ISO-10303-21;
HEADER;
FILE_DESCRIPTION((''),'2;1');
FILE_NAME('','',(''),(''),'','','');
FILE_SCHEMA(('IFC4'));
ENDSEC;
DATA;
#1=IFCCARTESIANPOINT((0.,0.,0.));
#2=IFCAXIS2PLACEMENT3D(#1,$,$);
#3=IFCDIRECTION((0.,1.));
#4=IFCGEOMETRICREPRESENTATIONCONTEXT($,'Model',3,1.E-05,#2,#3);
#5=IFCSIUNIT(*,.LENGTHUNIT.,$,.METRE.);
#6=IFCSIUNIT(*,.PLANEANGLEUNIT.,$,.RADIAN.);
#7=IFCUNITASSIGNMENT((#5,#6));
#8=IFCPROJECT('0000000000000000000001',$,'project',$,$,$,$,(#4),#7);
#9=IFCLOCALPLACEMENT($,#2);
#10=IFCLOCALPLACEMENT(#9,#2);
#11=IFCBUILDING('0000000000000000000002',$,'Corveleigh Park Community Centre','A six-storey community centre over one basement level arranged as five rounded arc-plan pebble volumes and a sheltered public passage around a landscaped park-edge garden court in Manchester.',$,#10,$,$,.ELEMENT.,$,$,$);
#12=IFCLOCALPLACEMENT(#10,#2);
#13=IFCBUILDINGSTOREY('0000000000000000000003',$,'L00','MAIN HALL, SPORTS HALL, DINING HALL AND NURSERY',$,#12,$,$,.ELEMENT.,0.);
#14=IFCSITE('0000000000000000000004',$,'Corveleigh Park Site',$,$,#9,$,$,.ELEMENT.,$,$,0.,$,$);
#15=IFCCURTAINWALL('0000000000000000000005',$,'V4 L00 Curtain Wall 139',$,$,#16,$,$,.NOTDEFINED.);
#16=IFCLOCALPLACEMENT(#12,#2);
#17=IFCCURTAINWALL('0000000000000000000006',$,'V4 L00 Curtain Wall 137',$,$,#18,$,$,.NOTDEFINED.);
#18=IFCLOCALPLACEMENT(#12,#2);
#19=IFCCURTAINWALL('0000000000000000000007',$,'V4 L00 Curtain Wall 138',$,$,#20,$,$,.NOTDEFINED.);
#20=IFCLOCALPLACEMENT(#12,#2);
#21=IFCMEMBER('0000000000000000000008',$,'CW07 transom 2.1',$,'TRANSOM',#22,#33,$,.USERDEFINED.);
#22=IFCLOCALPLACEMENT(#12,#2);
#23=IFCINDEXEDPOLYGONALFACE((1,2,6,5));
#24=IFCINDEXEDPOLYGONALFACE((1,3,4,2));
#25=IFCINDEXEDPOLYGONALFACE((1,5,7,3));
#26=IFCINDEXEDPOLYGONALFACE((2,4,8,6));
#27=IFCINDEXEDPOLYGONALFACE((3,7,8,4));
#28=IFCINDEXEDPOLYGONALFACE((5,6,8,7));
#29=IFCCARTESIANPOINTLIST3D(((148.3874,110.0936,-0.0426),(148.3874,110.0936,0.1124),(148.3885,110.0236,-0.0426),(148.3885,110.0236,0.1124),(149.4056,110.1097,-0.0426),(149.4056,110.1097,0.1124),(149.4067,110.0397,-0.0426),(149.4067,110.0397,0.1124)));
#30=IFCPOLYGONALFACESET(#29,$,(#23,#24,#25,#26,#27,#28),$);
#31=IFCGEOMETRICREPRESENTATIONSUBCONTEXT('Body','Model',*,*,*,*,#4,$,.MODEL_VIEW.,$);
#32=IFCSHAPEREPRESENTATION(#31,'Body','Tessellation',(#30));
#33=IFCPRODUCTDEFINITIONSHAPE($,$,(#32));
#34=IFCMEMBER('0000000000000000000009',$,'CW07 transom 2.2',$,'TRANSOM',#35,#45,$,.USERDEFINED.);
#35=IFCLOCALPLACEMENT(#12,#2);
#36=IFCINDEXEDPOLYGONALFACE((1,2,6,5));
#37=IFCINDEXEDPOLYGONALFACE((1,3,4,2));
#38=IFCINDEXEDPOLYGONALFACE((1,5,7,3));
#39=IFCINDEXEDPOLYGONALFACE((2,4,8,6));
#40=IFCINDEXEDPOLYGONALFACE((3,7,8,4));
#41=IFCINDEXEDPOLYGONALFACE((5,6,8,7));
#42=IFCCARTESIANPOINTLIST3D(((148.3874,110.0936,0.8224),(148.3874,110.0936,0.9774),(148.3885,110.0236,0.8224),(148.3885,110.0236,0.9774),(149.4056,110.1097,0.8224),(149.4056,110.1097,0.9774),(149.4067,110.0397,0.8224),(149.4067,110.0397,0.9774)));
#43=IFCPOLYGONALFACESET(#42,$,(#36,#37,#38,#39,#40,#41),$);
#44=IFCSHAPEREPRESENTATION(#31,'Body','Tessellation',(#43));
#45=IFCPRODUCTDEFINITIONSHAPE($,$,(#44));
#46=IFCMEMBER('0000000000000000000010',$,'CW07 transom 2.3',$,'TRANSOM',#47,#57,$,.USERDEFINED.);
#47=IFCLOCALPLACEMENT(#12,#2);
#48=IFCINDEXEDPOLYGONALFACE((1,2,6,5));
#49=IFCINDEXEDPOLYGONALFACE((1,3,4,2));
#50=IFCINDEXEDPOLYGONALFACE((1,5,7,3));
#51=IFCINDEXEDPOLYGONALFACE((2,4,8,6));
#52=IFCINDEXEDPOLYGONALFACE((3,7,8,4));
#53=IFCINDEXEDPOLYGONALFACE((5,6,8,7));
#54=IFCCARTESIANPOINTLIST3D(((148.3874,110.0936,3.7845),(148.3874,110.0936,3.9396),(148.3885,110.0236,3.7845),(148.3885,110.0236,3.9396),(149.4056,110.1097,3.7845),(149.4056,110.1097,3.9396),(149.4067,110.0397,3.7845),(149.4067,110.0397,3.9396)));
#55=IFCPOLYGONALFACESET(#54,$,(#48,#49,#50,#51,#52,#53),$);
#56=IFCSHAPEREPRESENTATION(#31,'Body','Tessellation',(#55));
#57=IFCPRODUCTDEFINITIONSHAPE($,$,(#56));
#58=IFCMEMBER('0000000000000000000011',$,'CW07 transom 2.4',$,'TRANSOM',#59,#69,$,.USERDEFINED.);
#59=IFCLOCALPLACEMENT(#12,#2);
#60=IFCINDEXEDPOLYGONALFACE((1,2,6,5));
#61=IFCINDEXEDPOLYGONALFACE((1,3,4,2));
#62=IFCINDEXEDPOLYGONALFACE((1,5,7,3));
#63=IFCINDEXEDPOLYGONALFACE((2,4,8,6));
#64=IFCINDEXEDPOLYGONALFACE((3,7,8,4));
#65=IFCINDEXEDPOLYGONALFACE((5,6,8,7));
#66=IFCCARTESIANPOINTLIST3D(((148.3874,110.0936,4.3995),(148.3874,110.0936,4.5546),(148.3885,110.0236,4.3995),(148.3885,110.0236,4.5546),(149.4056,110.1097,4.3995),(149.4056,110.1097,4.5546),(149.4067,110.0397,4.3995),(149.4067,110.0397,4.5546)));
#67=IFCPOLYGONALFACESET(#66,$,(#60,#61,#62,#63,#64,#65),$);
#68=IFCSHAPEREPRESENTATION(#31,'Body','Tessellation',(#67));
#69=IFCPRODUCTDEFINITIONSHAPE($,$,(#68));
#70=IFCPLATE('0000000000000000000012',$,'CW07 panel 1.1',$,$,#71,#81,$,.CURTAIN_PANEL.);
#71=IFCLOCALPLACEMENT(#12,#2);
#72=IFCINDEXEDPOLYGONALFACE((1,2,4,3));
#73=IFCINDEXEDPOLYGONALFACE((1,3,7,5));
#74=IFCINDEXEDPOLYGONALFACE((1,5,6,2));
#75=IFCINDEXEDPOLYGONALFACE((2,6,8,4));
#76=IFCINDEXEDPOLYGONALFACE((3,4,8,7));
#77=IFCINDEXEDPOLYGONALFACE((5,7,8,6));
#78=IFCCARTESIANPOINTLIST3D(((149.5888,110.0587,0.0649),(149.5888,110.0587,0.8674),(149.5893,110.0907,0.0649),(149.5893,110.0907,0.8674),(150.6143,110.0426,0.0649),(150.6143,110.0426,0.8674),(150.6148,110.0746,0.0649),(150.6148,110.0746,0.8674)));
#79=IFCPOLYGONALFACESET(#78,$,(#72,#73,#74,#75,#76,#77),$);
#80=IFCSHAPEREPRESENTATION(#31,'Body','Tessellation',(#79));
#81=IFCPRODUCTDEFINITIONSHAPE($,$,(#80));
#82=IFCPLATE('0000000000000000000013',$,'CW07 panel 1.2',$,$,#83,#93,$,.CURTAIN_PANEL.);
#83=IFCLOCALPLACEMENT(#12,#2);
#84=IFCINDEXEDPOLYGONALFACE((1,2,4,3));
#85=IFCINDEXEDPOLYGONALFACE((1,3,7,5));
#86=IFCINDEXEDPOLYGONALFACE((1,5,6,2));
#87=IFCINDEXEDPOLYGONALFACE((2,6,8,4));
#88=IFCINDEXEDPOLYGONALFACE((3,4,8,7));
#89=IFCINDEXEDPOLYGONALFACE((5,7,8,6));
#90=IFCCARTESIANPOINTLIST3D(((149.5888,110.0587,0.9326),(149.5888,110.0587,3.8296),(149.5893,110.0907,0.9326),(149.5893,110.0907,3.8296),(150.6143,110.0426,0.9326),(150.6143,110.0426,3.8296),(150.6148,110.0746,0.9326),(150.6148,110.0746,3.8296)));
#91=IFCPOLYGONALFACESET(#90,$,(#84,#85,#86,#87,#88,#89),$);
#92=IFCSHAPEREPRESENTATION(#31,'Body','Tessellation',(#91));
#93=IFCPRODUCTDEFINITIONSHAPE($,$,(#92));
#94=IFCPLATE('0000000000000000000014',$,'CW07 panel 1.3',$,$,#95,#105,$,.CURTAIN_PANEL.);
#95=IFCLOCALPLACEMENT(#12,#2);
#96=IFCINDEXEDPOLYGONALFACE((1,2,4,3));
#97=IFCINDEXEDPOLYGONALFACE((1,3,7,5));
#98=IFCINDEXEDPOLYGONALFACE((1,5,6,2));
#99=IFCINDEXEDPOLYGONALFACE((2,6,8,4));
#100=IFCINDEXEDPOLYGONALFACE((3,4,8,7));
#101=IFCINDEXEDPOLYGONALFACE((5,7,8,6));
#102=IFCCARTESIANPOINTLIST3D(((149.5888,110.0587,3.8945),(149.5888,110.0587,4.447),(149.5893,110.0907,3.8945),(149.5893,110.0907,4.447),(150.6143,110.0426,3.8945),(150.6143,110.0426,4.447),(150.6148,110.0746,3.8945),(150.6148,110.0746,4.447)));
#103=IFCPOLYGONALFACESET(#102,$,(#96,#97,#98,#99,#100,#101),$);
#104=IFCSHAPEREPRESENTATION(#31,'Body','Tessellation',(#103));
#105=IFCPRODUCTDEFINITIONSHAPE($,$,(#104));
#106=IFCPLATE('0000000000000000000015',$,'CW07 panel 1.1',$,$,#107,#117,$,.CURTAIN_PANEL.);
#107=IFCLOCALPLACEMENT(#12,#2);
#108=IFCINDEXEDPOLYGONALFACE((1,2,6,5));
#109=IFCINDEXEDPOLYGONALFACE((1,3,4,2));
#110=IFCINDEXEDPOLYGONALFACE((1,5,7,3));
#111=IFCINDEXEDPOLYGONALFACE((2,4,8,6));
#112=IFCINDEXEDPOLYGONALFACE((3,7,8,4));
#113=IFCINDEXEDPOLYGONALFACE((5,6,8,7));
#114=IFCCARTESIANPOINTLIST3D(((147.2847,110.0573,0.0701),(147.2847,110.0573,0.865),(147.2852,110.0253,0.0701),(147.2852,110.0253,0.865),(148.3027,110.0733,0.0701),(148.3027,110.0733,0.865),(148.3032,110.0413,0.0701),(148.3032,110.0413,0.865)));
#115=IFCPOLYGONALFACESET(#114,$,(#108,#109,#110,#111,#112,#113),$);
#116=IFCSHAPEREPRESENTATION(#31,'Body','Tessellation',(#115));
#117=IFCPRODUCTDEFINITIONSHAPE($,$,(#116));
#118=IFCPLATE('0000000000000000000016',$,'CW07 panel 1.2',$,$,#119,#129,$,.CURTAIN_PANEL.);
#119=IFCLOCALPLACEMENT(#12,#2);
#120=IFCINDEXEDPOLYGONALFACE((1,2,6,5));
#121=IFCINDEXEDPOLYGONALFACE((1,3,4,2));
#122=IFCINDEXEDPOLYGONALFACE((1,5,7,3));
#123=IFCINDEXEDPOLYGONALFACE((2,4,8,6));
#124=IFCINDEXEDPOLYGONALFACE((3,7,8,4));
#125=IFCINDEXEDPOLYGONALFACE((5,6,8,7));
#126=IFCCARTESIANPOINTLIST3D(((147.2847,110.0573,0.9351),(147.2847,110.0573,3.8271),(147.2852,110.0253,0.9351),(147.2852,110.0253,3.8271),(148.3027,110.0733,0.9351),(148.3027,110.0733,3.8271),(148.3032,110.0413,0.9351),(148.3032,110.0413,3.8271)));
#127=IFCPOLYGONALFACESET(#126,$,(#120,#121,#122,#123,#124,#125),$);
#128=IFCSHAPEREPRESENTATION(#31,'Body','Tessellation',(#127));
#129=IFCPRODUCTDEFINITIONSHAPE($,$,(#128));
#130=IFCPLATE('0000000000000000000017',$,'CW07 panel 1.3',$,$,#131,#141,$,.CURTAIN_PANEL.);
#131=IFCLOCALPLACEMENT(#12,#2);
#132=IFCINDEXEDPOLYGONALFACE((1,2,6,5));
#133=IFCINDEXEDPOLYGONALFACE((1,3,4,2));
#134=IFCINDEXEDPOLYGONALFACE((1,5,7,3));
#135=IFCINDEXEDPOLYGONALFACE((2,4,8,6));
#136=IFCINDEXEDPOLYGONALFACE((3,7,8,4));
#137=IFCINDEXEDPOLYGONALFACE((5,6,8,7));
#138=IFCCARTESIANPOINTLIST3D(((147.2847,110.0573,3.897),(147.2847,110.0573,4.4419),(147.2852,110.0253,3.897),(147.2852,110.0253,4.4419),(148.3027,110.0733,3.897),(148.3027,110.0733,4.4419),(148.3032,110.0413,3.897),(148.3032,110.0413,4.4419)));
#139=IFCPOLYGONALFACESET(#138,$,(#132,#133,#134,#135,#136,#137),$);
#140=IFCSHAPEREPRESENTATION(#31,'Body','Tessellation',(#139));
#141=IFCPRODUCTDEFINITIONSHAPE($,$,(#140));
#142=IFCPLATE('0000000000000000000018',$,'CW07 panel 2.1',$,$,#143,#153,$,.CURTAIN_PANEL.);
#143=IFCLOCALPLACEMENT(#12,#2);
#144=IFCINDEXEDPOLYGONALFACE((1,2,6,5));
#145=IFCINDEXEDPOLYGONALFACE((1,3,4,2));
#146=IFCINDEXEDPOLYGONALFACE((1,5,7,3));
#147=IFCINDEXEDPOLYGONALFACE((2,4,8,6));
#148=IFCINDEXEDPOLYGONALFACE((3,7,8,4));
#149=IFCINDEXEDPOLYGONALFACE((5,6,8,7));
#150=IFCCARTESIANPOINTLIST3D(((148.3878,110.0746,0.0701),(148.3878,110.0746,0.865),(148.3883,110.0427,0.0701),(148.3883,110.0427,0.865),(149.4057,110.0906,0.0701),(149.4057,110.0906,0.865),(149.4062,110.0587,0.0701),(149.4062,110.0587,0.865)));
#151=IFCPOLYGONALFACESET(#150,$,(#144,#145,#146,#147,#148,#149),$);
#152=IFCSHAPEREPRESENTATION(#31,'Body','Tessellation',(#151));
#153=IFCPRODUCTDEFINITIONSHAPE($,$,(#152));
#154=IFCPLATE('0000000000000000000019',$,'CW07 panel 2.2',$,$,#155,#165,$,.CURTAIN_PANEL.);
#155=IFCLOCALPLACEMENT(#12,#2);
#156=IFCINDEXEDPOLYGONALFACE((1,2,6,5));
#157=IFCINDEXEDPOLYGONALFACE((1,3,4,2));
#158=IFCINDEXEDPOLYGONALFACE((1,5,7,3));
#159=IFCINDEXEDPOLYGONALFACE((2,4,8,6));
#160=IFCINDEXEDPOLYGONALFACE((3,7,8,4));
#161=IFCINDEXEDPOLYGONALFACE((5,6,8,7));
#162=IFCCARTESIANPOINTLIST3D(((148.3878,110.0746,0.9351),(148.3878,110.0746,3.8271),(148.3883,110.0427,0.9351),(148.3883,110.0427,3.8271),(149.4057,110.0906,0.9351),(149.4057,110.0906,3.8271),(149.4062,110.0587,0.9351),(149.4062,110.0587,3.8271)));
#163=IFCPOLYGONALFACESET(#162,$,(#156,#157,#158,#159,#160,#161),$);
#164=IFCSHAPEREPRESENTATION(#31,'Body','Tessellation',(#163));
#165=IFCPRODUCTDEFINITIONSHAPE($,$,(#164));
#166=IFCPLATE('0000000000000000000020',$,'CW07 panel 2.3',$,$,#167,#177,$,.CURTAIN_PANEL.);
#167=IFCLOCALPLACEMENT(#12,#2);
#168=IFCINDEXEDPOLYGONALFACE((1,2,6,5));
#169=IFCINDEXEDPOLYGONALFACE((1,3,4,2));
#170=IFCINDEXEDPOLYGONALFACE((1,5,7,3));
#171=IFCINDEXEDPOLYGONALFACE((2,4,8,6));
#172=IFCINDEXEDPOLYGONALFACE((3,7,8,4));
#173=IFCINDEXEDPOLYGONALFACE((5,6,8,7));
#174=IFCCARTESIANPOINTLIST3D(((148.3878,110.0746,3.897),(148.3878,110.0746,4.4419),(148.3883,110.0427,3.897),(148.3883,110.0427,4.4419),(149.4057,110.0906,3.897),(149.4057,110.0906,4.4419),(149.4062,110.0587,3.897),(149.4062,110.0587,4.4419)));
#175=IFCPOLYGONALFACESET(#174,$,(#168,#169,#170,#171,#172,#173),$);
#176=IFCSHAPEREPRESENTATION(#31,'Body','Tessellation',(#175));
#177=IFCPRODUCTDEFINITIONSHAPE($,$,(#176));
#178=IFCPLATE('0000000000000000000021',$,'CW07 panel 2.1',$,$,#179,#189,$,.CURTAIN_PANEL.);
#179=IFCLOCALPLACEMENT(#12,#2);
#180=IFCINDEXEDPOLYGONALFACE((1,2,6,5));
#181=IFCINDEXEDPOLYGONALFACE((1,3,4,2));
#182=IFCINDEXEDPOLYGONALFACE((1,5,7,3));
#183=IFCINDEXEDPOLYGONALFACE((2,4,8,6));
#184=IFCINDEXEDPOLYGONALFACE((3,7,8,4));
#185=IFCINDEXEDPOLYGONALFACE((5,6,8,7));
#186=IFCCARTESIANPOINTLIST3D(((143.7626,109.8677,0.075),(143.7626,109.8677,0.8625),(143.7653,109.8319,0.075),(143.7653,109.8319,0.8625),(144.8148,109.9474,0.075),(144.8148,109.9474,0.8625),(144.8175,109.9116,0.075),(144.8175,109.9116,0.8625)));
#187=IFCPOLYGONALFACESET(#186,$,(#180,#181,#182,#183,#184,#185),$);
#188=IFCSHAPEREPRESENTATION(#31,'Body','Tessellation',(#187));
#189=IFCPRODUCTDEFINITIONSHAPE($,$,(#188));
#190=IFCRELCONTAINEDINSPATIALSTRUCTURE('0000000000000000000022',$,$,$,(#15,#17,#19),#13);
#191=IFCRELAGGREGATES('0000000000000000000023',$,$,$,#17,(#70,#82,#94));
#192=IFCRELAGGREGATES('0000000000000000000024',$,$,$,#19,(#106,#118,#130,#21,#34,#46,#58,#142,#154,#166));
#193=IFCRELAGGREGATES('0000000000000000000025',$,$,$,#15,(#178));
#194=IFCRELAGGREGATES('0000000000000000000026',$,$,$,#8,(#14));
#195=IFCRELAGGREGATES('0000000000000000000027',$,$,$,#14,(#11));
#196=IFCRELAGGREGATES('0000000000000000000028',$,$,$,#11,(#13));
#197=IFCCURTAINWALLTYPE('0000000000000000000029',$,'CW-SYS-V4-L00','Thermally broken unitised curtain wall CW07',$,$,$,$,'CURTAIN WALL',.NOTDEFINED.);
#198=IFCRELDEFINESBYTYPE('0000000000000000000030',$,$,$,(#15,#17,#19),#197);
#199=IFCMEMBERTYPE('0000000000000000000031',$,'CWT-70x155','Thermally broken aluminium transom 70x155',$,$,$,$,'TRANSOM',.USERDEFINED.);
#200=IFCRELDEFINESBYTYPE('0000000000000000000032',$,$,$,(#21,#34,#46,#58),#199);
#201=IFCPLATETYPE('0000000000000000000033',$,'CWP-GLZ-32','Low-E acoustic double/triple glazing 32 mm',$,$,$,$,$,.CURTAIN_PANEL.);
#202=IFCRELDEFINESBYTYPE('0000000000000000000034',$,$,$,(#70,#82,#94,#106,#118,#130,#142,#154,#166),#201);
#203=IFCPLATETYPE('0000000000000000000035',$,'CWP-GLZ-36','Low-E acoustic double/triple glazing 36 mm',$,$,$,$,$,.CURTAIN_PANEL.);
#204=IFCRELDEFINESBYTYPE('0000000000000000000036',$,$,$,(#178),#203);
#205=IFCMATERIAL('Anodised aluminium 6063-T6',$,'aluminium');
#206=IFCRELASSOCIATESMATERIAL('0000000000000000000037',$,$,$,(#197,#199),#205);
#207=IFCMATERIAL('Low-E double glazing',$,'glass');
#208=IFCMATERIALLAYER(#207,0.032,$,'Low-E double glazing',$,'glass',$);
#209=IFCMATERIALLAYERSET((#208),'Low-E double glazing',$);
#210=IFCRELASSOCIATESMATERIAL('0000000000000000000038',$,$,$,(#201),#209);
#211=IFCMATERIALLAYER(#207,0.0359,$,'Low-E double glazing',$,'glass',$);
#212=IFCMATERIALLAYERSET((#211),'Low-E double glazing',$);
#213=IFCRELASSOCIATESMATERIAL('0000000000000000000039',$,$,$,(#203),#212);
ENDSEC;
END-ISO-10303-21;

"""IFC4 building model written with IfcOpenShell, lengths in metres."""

from ifc_helpers import new_model, si_unit, direction, frame, origin, origin_2d, place, context, subcontext, project, spatial, rectangle, extrude, material, layer, layer_set, material_profile, profile_set, type_object, element, aggregate, save


model = new_model("IFC4")

# Units and contexts
model_context = context("Model", 3, precision=1e-05, world=origin(), true_north=direction((0.0, 1.0)))
body_context = subcontext(model_context, "Body", "Model", "MODEL_VIEW")
ifc_project = project(units=[si_unit("LENGTHUNIT", "METRE"), si_unit("PLANEANGLEUNIT", "RADIAN")], contexts=[model_context])

# Site, building, storey
site_placement = place(None, origin())
site = spatial("IfcSite", under=ifc_project, at=site_placement, Name="Corveleigh Park Site", CompositionType="ELEMENT", RefElevation=0.0)
building_placement = place(site_placement, origin())
building = spatial("IfcBuilding", under=site, at=building_placement, Name="Corveleigh Park Community Centre", Description="A six-storey community centre over one basement level arranged as five rounded arc-plan pebble volumes and a sheltered public passage around a landscaped park-edge garden court in Manchester.", CompositionType="ELEMENT")
storey_placement = place(building_placement, origin())
storey = spatial("IfcBuildingStorey", under=building, at=storey_placement, Name="L00", Description="MAIN HALL, SPORTS HALL, DINING HALL AND NURSERY", CompositionType="ELEMENT", Elevation=0.0)

# Curtain wall
ifc_material_1 = material(Name="Anodised aluminium 6063-T6", Category="aluminium")
curtain_wall_type = type_object("IfcCurtainWallType", Name="CW-SYS-V4-L00", Description="Thermally broken unitised curtain wall CW07", ElementType="CURTAIN WALL", PredefinedType="NOTDEFINED", material=ifc_material_1)
curtain_wall_1_placement = place(storey_placement, origin())
curtain_wall_1 = element("IfcCurtainWall", 1, at=curtain_wall_1_placement, inside=storey, type_object=curtain_wall_type, Name="V4 L00 Curtain Wall 139", PredefinedType="NOTDEFINED")

# Curtain walls
curtain_wall_2_placement = place(storey_placement, origin())
curtain_wall_2 = element("IfcCurtainWall", 2, at=curtain_wall_2_placement, inside=storey, type_object=curtain_wall_type, Name="V4 L00 Curtain Wall 137", PredefinedType="NOTDEFINED")
curtain_wall_3_placement = place(storey_placement, origin())
curtain_wall_3 = element("IfcCurtainWall", 3, at=curtain_wall_3_placement, inside=storey, type_object=curtain_wall_type, Name="V4 L00 Curtain Wall 138", PredefinedType="NOTDEFINED")

# Members
ifc_material_profile_1 = material_profile(ifc_material_1, rectangle(XDim=0.0701, YDim=0.155, at=origin_2d()), Name="ALU-T70x155", Category="aluminium")
ifc_profile_set_1 = profile_set([ifc_material_profile_1], Name="Anodised aluminium 6063-T6")
member_type_1 = type_object("IfcMemberType", Name="CWT-70x155", Description="Thermally broken aluminium transom 70x155", ElementType="TRANSOM", PredefinedType="USERDEFINED", material=ifc_profile_set_1)
member_1_placement = place(storey_placement, frame((148.3879, 110.0586, 0.0349), z_axis=(0.999875, 0.015825, 0.0), x_axis=(-0.015825, 0.999875, 0.0)))
member_1 = element("IfcMember", 4, at=member_1_placement, type_object=member_type_1, Name="CW07 transom 2.1", ObjectType="TRANSOM", PredefinedType="USERDEFINED", context=body_context, shape_type="SweptSolid", body=[
    extrude(rectangle(XDim=0.0701, YDim=0.155, at=origin_2d()), origin(), (0.0, 0.0, 1.0), 1.0183),
])
member_2_placement = place(storey_placement, frame((148.3879, 110.0586, 0.8999), z_axis=(0.999875, 0.015825, 0.0), x_axis=(-0.015825, 0.999875, 0.0)))
member_2 = element("IfcMember", 5, at=member_2_placement, type_object=member_type_1, Name="CW07 transom 2.2", ObjectType="TRANSOM", PredefinedType="USERDEFINED", context=body_context, shape_type="SweptSolid", body=[
    extrude(rectangle(XDim=0.0701, YDim=0.155, at=origin_2d()), origin(), (0.0, 0.0, 1.0), 1.0183),
])
member_3_placement = place(storey_placement, frame((148.3879, 110.0586, 3.8621), z_axis=(0.999875, 0.015825, 0.0), x_axis=(-0.015825, 0.999875, 0.0)))
member_3 = element("IfcMember", 6, at=member_3_placement, type_object=member_type_1, Name="CW07 transom 2.3", ObjectType="TRANSOM", PredefinedType="USERDEFINED", context=body_context, shape_type="SweptSolid", body=[
    extrude(rectangle(XDim=0.0701, YDim=0.155, at=origin_2d()), origin(), (0.0, 0.0, 1.0), 1.0183),
])
member_4_placement = place(storey_placement, frame((148.3879, 110.0586, 4.4771), z_axis=(0.999875, 0.015825, 0.0), x_axis=(-0.015825, 0.999875, 0.0)))
member_4 = element("IfcMember", 7, at=member_4_placement, type_object=member_type_1, Name="CW07 transom 2.4", ObjectType="TRANSOM", PredefinedType="USERDEFINED", context=body_context, shape_type="SweptSolid", body=[
    extrude(rectangle(XDim=0.0701, YDim=0.155, at=origin_2d()), origin(), (0.0, 0.0, 1.0), 1.0183),
])

# Plates
ifc_material_2 = material(Name="Low-E double glazing", Category="glass")
ifc_layer_1 = layer(ifc_material_2, 0.032, Name="Low-E double glazing", Category="glass")
ifc_layer_set_1 = layer_set([ifc_layer_1], Name="Low-E double glazing")
plate_type_1 = type_object("IfcPlateType", Name="CWP-GLZ-32", Description="Low-E acoustic double/triple glazing 32 mm", PredefinedType="CURTAIN_PANEL", material=ifc_layer_set_1)
plate_1_placement = place(storey_placement, frame((150.1018, 110.0667, 0.0649), z_axis=(0.0, 0.0, 1.0), x_axis=(0.999877, -0.015712, 0.0)))
plate_1 = element("IfcPlate", 8, at=plate_1_placement, type_object=plate_type_1, Name="CW07 panel 1.1", PredefinedType="CURTAIN_PANEL", context=body_context, shape_type="SweptSolid", body=[
    extrude(rectangle(XDim=1.0256, YDim=0.032, at=origin_2d()), origin(), (0.0, 0.0, 1.0), 0.8025),
])
plate_2_placement = place(storey_placement, frame((150.1018, 110.0667, 0.9326), z_axis=(0.0, 0.0, 1.0), x_axis=(0.999877, -0.015712, 0.0)))
plate_2 = element("IfcPlate", 9, at=plate_2_placement, type_object=plate_type_1, Name="CW07 panel 1.2", PredefinedType="CURTAIN_PANEL", context=body_context, shape_type="SweptSolid", body=[
    extrude(rectangle(XDim=1.0256, YDim=0.032, at=origin_2d()), origin(), (0.0, 0.0, 1.0), 2.897),
])
plate_3_placement = place(storey_placement, frame((150.1018, 110.0667, 3.8945), z_axis=(0.0, 0.0, 1.0), x_axis=(0.999877, -0.015712, 0.0)))
plate_3 = element("IfcPlate", 10, at=plate_3_placement, type_object=plate_type_1, Name="CW07 panel 1.3", PredefinedType="CURTAIN_PANEL", context=body_context, shape_type="SweptSolid", body=[
    extrude(rectangle(XDim=1.0256, YDim=0.032, at=origin_2d()), origin(), (0.0, 0.0, 1.0), 0.5525),
])
aggregate(curtain_wall_2, [plate_1, plate_2, plate_3])
plate_4_placement = place(storey_placement, frame((147.7939, 110.0493, 0.0701), z_axis=(0.0, 0.0, 1.0), x_axis=(0.999877, 0.015712, 0.0)))
plate_4 = element("IfcPlate", 11, at=plate_4_placement, type_object=plate_type_1, Name="CW07 panel 1.1", PredefinedType="CURTAIN_PANEL", context=body_context, shape_type="SweptSolid", body=[
    extrude(rectangle(XDim=1.0181, YDim=0.032, at=origin_2d()), origin(), (0.0, 0.0, 1.0), 0.7949),
])
plate_5_placement = place(storey_placement, frame((147.7939, 110.0493, 0.9351), z_axis=(0.0, 0.0, 1.0), x_axis=(0.999877, 0.015712, 0.0)))
plate_5 = element("IfcPlate", 12, at=plate_5_placement, type_object=plate_type_1, Name="CW07 panel 1.2", PredefinedType="CURTAIN_PANEL", context=body_context, shape_type="SweptSolid", body=[
    extrude(rectangle(XDim=1.0181, YDim=0.032, at=origin_2d()), origin(), (0.0, 0.0, 1.0), 2.8921),
])
plate_6_placement = place(storey_placement, frame((147.7939, 110.0493, 3.897), z_axis=(0.0, 0.0, 1.0), x_axis=(0.999877, 0.015712, 0.0)))
plate_6 = element("IfcPlate", 13, at=plate_6_placement, type_object=plate_type_1, Name="CW07 panel 1.3", PredefinedType="CURTAIN_PANEL", context=body_context, shape_type="SweptSolid", body=[
    extrude(rectangle(XDim=1.0181, YDim=0.032, at=origin_2d()), origin(), (0.0, 0.0, 1.0), 0.5449),
])
plate_7_placement = place(storey_placement, frame((148.897, 110.0667, 0.0701), z_axis=(0.0, 0.0, 1.0), x_axis=(0.999877, 0.015712, 0.0)))
plate_7 = element("IfcPlate", 14, at=plate_7_placement, type_object=plate_type_1, Name="CW07 panel 2.1", PredefinedType="CURTAIN_PANEL", context=body_context, shape_type="SweptSolid", body=[
    extrude(rectangle(XDim=1.0181, YDim=0.032, at=origin_2d()), origin(), (0.0, 0.0, 1.0), 0.7949),
])
plate_8_placement = place(storey_placement, frame((148.897, 110.0667, 0.9351), z_axis=(0.0, 0.0, 1.0), x_axis=(0.999877, 0.015712, 0.0)))
plate_8 = element("IfcPlate", 15, at=plate_8_placement, type_object=plate_type_1, Name="CW07 panel 2.2", PredefinedType="CURTAIN_PANEL", context=body_context, shape_type="SweptSolid", body=[
    extrude(rectangle(XDim=1.0181, YDim=0.032, at=origin_2d()), origin(), (0.0, 0.0, 1.0), 2.8921),
])
plate_9_placement = place(storey_placement, frame((148.897, 110.0667, 3.897), z_axis=(0.0, 0.0, 1.0), x_axis=(0.999877, 0.015712, 0.0)))
plate_9 = element("IfcPlate", 16, at=plate_9_placement, type_object=plate_type_1, Name="CW07 panel 2.3", PredefinedType="CURTAIN_PANEL", context=body_context, shape_type="SweptSolid", body=[
    extrude(rectangle(XDim=1.0181, YDim=0.032, at=origin_2d()), origin(), (0.0, 0.0, 1.0), 0.5449),
])
aggregate(curtain_wall_3, [plate_4, plate_5, plate_6, member_1, member_2, member_3, member_4, plate_7, plate_8, plate_9])
ifc_layer_2 = layer(ifc_material_2, 0.0359, Name="Low-E double glazing", Category="glass")
ifc_layer_set_2 = layer_set([ifc_layer_2], Name="Low-E double glazing")
plate_type_2 = type_object("IfcPlateType", Name="CWP-GLZ-36", Description="Low-E acoustic double/triple glazing 36 mm", PredefinedType="CURTAIN_PANEL", material=ifc_layer_set_2)
plate_10_placement = place(storey_placement, frame((144.29, 109.8896, 0.075), z_axis=(0.0, 0.0, 1.0), x_axis=(0.997144, 0.075528, 0.0)))
plate_10 = element("IfcPlate", 17, at=plate_10_placement, type_object=plate_type_2, Name="CW07 panel 2.1", PredefinedType="CURTAIN_PANEL", context=body_context, shape_type="SweptSolid", body=[
    extrude(rectangle(XDim=1.0552, YDim=0.0359, at=origin_2d()), origin(), (0.0, 0.0, 1.0), 0.7876),
])
aggregate(curtain_wall_1, [plate_10])

save(model, "model.ifc")
